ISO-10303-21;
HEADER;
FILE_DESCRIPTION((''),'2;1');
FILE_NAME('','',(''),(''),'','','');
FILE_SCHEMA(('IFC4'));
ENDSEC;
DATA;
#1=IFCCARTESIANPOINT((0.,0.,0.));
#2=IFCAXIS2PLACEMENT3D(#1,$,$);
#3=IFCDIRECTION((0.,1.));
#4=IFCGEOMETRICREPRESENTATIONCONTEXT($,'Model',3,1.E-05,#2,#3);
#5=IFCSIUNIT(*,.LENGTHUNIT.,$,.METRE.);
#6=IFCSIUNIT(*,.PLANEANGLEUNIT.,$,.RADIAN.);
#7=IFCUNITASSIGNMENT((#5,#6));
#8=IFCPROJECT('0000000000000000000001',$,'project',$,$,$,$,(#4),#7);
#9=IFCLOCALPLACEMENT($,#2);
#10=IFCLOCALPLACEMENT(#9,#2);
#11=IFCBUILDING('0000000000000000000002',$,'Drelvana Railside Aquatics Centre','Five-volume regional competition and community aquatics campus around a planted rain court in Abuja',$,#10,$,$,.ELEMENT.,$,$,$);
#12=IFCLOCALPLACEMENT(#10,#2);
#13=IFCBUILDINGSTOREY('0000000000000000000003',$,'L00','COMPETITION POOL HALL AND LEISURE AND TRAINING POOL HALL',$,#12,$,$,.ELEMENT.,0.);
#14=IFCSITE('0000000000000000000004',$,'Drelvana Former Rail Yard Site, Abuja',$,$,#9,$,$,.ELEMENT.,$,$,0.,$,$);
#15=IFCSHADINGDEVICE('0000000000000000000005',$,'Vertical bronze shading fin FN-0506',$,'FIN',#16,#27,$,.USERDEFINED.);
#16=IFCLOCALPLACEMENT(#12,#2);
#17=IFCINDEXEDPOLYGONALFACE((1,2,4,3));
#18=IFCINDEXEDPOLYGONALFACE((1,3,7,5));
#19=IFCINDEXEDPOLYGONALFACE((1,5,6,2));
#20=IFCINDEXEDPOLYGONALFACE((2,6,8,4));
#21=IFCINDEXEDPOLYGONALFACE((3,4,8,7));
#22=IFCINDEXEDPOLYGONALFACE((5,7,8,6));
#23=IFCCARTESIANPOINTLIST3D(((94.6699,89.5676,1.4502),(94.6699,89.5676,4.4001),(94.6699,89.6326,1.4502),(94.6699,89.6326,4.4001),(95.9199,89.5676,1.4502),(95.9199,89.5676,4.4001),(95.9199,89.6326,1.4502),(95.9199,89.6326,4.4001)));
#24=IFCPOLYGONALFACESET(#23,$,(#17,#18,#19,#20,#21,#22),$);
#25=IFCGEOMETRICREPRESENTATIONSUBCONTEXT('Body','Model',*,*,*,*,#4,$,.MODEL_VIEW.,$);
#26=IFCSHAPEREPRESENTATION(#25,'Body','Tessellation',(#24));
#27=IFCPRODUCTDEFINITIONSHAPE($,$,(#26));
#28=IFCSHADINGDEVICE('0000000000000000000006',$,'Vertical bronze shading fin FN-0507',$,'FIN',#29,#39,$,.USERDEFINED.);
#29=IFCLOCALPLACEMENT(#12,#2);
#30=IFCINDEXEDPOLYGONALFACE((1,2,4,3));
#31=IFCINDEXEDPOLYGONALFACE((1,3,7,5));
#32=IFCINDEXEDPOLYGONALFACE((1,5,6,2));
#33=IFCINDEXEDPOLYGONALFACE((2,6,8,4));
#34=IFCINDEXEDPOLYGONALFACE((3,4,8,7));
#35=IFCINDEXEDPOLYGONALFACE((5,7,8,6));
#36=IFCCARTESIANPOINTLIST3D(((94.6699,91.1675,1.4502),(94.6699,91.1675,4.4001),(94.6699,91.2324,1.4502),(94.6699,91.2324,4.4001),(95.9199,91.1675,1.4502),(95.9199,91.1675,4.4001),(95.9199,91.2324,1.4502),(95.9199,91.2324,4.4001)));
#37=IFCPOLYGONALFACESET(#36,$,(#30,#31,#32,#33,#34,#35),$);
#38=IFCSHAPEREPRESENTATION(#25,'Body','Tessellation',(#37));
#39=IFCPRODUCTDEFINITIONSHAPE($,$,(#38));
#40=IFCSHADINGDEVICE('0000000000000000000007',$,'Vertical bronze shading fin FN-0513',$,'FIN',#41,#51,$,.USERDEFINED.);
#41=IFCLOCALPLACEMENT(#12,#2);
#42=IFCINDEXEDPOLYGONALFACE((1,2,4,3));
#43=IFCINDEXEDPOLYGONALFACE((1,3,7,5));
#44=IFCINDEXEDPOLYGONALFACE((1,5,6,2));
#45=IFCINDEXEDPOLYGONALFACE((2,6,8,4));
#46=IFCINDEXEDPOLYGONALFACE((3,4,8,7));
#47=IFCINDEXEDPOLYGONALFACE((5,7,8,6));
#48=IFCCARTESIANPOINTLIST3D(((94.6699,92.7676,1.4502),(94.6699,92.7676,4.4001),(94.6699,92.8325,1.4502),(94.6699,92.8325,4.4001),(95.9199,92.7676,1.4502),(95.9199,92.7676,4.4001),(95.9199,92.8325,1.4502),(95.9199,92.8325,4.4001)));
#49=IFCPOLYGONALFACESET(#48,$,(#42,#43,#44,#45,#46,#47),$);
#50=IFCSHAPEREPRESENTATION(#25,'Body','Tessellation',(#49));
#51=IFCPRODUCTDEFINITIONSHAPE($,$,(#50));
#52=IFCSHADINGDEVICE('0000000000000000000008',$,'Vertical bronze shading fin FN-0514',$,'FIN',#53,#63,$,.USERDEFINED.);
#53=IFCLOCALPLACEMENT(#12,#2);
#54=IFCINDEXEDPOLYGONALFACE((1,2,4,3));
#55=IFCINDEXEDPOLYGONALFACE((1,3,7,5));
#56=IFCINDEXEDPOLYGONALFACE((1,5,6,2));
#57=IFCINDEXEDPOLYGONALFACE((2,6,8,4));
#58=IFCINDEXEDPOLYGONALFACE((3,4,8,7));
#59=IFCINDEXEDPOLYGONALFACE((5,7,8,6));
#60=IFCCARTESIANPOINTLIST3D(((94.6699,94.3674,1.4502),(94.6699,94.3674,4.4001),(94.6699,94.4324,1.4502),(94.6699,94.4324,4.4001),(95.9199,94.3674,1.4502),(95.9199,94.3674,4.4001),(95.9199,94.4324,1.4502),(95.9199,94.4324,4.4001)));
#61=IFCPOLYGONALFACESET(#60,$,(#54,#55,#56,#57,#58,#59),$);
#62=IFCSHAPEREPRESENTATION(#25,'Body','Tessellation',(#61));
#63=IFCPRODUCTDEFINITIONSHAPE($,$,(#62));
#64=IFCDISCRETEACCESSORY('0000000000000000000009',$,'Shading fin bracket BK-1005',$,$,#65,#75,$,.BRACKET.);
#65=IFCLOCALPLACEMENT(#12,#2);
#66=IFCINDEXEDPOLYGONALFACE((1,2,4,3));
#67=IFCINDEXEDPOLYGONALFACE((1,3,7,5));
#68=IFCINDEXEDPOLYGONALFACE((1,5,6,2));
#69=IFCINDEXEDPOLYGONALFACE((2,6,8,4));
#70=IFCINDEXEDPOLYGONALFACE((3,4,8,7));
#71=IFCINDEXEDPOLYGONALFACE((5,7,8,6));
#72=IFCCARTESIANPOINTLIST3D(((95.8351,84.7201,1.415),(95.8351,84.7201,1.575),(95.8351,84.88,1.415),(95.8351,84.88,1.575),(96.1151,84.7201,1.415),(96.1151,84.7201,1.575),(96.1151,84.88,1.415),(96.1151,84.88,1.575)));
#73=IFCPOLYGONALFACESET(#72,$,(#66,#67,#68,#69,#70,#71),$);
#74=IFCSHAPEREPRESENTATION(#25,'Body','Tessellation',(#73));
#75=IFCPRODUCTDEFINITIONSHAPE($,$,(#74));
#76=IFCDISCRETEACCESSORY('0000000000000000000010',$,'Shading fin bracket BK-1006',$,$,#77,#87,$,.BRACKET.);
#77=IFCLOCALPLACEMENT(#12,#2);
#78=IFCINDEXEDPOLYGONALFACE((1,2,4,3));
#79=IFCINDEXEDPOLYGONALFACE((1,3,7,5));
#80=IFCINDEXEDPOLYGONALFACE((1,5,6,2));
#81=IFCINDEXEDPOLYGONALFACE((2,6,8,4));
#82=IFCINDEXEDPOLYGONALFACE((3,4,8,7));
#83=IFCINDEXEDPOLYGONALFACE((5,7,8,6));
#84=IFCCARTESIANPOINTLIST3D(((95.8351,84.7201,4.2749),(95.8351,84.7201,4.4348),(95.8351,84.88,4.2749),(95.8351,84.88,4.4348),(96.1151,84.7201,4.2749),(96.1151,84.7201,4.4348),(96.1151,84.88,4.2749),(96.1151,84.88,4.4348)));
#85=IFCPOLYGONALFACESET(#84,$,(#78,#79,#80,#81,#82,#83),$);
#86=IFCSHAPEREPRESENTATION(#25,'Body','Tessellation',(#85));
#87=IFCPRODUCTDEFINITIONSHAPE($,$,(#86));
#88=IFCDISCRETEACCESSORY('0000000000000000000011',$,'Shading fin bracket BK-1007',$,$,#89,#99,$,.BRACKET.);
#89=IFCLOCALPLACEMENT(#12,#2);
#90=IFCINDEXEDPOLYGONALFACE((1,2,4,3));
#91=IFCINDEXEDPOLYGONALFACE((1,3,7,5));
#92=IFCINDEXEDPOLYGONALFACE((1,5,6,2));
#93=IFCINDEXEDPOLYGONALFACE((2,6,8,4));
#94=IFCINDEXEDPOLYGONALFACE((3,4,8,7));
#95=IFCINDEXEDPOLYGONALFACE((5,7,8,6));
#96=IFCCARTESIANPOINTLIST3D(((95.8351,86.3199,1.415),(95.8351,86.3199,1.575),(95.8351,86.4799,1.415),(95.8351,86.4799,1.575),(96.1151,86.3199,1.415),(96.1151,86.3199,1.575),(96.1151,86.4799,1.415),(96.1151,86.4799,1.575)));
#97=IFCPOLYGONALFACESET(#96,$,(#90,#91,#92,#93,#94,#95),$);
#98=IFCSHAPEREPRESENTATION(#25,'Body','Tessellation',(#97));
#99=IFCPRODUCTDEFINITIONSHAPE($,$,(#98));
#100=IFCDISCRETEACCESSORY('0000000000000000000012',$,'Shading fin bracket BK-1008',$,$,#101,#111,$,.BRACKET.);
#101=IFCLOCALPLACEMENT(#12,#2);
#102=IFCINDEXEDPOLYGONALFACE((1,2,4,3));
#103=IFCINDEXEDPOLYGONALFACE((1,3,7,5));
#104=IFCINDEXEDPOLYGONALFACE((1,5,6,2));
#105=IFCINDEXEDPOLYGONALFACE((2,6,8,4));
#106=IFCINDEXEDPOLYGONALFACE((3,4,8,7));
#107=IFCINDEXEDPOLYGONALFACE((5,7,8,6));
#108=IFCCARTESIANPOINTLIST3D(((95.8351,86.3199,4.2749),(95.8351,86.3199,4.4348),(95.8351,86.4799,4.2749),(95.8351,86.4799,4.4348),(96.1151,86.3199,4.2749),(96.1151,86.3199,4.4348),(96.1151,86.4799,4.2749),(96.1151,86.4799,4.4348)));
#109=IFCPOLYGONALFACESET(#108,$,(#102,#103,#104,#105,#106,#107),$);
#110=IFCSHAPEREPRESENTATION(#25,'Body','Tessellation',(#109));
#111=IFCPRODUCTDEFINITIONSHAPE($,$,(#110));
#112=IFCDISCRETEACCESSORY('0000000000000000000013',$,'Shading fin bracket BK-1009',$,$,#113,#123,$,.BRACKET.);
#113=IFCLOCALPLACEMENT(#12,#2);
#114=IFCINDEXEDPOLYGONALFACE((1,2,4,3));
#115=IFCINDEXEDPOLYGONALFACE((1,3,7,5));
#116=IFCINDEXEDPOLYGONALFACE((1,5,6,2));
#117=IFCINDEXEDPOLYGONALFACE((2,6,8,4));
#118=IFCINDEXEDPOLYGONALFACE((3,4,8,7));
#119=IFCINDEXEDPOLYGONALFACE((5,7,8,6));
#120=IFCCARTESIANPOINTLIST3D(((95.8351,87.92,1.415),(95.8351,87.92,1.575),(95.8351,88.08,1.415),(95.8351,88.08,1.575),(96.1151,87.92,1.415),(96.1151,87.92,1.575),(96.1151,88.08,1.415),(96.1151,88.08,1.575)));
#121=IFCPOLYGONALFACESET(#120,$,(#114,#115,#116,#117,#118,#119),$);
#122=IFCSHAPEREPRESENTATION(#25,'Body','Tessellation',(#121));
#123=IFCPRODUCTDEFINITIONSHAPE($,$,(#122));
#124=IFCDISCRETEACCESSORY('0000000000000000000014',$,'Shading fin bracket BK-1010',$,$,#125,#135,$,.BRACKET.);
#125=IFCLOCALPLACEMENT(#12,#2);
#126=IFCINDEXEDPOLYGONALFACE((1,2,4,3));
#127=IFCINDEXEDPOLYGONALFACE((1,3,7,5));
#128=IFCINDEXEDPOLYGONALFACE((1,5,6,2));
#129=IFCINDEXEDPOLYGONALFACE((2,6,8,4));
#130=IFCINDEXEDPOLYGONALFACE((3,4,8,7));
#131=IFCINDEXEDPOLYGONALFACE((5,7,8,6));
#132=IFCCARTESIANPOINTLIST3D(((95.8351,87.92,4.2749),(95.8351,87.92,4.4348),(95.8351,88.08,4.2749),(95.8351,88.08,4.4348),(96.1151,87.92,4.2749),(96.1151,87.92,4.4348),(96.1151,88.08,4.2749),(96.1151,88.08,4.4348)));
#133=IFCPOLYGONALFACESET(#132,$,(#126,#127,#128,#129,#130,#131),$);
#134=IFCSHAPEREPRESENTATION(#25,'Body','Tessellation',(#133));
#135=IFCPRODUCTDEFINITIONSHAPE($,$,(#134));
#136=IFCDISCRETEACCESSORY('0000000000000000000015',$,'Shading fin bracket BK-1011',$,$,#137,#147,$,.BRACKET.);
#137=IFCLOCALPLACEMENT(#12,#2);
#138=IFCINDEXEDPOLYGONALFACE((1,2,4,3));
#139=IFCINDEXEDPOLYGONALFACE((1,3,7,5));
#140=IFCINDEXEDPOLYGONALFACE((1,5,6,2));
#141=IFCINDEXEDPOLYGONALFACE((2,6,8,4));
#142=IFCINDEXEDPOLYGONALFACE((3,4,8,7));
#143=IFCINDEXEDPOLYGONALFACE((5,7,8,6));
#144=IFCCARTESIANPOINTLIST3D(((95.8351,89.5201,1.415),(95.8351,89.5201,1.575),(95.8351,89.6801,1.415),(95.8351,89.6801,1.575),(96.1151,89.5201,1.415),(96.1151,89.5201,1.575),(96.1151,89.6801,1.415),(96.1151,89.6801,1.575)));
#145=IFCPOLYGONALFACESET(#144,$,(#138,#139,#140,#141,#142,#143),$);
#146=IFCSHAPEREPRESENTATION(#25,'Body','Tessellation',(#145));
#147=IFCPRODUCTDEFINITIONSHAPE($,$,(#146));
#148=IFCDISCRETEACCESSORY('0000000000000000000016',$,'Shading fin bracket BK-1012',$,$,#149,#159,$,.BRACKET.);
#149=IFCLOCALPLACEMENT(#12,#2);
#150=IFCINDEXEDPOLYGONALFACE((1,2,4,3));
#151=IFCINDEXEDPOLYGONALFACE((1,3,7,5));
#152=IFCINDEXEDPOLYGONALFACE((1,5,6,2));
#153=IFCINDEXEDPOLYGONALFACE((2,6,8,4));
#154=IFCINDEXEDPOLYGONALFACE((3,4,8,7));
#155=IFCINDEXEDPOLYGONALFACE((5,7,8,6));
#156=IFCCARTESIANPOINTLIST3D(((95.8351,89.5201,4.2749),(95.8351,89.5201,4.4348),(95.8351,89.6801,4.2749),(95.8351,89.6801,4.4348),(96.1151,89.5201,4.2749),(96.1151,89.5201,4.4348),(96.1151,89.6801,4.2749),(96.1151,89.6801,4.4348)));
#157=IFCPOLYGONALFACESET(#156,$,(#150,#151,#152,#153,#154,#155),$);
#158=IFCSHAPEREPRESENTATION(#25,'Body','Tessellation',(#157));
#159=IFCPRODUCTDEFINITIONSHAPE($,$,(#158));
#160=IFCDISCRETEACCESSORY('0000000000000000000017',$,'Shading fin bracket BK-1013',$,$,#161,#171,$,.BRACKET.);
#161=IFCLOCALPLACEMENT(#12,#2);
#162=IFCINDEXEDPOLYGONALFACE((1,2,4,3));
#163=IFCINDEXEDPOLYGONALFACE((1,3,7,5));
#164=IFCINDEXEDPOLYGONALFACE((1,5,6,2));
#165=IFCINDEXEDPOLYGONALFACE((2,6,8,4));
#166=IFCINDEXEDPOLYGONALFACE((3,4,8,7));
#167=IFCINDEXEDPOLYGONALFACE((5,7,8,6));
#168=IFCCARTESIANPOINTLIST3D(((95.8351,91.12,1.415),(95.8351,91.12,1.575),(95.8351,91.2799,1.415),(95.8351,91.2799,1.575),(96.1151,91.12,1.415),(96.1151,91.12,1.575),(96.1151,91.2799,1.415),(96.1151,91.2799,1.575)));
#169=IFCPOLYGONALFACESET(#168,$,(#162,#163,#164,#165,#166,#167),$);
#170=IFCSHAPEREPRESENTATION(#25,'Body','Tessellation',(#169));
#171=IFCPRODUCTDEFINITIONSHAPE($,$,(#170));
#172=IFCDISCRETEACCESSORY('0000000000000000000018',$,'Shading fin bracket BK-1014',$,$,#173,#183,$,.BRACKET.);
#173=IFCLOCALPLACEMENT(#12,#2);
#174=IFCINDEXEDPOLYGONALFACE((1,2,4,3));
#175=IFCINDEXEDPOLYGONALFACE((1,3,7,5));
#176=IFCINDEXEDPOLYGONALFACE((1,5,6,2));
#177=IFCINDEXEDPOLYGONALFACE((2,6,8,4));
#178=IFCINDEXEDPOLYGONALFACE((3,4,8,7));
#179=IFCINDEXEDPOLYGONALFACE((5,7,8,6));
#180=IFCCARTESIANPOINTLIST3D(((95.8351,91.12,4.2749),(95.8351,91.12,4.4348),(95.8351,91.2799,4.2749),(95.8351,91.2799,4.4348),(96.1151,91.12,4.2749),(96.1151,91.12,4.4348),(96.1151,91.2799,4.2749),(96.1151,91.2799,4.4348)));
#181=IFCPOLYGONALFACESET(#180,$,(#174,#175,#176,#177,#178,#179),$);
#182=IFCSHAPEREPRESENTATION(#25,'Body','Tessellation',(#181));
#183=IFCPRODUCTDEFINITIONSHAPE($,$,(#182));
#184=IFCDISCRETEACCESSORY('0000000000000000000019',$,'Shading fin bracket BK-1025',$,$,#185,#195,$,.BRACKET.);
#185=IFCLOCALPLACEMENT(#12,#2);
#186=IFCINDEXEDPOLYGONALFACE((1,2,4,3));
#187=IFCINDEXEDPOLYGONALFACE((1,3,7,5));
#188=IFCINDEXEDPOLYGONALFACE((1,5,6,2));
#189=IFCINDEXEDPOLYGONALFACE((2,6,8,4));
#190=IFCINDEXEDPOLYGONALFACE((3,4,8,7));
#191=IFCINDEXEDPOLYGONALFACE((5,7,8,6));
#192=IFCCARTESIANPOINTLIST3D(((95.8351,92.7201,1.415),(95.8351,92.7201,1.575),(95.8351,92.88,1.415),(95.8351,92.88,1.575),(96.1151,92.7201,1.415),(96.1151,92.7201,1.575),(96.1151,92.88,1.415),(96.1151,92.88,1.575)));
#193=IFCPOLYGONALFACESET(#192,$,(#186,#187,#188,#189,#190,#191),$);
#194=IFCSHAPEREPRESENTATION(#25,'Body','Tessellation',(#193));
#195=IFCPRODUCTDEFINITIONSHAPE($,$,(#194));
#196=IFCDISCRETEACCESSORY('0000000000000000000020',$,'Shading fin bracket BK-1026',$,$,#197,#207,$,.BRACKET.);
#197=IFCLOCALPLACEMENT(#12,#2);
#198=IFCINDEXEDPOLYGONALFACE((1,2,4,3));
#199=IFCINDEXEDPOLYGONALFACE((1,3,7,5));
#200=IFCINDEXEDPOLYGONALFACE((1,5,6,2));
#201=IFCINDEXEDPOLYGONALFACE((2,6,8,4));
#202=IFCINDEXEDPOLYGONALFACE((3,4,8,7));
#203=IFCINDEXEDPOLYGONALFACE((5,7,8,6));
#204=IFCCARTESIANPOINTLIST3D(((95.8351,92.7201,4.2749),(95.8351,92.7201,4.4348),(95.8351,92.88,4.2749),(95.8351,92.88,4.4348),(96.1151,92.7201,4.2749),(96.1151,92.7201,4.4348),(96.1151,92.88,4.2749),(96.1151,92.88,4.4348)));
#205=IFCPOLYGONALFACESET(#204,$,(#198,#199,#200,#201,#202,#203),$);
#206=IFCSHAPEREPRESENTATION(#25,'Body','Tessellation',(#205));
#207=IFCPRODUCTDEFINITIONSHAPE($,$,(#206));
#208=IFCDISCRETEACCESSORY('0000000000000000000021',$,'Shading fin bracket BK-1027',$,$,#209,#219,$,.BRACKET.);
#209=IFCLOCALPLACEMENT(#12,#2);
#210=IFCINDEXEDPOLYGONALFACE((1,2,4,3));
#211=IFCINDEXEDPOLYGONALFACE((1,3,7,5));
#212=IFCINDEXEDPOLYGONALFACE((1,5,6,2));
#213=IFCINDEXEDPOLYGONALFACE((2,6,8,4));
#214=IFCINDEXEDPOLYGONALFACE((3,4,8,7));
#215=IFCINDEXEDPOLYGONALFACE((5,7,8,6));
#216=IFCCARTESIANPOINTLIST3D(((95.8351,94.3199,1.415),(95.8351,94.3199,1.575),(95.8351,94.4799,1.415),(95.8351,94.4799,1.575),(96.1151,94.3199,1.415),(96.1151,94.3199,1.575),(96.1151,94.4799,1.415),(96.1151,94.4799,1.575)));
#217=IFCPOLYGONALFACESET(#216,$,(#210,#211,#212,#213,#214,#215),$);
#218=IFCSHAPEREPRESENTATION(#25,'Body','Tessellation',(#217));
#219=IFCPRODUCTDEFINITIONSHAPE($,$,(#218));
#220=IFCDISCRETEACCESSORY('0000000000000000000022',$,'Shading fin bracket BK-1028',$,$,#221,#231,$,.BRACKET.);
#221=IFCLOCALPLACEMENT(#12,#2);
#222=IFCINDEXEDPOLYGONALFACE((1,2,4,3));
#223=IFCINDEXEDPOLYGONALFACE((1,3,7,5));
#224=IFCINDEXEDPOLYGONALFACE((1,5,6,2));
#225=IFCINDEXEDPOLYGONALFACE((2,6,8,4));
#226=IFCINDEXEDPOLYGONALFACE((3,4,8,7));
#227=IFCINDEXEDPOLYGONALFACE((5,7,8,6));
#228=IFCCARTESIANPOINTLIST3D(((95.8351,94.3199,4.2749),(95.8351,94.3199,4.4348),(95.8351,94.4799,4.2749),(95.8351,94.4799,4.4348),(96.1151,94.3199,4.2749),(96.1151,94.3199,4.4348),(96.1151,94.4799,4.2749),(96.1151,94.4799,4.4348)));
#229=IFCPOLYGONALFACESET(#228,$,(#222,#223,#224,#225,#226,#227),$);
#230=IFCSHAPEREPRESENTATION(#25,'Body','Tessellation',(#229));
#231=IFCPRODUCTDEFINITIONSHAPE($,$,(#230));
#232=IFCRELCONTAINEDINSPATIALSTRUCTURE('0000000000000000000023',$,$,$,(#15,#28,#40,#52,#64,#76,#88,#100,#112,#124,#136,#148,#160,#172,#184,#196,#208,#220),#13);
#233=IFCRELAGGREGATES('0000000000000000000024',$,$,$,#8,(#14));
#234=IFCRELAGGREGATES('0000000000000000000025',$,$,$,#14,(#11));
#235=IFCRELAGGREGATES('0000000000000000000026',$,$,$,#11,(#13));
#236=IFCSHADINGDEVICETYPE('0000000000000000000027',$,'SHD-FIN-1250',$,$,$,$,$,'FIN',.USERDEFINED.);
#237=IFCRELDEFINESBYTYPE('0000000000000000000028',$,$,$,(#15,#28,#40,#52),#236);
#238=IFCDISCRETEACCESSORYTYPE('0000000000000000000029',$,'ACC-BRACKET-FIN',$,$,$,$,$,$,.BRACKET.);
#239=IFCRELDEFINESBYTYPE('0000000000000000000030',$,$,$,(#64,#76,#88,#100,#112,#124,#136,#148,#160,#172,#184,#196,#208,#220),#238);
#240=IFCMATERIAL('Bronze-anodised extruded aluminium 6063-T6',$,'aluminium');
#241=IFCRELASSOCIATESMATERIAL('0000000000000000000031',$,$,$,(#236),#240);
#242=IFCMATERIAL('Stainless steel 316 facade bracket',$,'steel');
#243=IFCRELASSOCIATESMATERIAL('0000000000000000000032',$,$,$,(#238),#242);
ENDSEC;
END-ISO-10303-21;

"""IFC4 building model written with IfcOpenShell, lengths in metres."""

from ifc_helpers import new_model, si_unit, direction, frame, origin, origin_2d, place, context, subcontext, project, spatial, rectangle, extrude, material, type_object, element, save


model = new_model("IFC4")

# Units and contexts
model_context = context("Model", 3, precision=1e-05, world=origin(), true_north=direction((0.0, 1.0)))
body_context = subcontext(model_context, "Body", "Model", "MODEL_VIEW")
ifc_project = project(units=[si_unit("LENGTHUNIT", "METRE"), si_unit("PLANEANGLEUNIT", "RADIAN")], contexts=[model_context])

# Site, building, storey
site_placement = place(None, origin())
site = spatial("IfcSite", under=ifc_project, at=site_placement, Name="Drelvana Former Rail Yard Site, Abuja", CompositionType="ELEMENT", RefElevation=0.0)
building_placement = place(site_placement, origin())
building = spatial("IfcBuilding", under=site, at=building_placement, Name="Drelvana Railside Aquatics Centre", Description="Five-volume regional competition and community aquatics campus around a planted rain court in Abuja", CompositionType="ELEMENT")
storey_placement = place(building_placement, origin())
storey = spatial("IfcBuildingStorey", under=building, at=storey_placement, Name="L00", Description="COMPETITION POOL HALL AND LEISURE AND TRAINING POOL HALL", CompositionType="ELEMENT", Elevation=0.0)

# Shared definitions
ifc_material_1 = material(Name="Bronze-anodised extruded aluminium 6063-T6", Category="aluminium")

# Shading devices
shading_device_type = type_object("IfcShadingDeviceType", Name="SHD-FIN-1250", ElementType="FIN", PredefinedType="USERDEFINED", material=ifc_material_1)
for number, where, z_axis, x_axis, name in (
    (1, (95.2949, 89.6001, 1.4502), (0.0, 0.0, 1.0), (-1.0, 0.0, 0.0), "Vertical bronze shading fin FN-0506"),
    (2, (95.2949, 91.2, 1.4502), (0.0, 0.0, 1.0), (-1.0, 0.0, 0.0), "Vertical bronze shading fin FN-0507"),
    (3, (95.2949, 92.8, 1.4502), (0.0, 0.0, 1.0), (-1.0, 0.0, 0.0), "Vertical bronze shading fin FN-0513"),
    (4, (95.2949, 94.3999, 1.4502), (0.0, 0.0, 1.0), (-1.0, 0.0, 0.0), "Vertical bronze shading fin FN-0514"),
):
    element("IfcShadingDevice", number, at=place(storey_placement, frame(where, z_axis=z_axis, x_axis=x_axis)), inside=storey, type_object=shading_device_type, Name=name, ObjectType="FIN", PredefinedType="USERDEFINED", context=body_context, shape_type="SweptSolid", body=[
        extrude(rectangle(XDim=1.25, YDim=0.0649, at=origin_2d()), origin(), (0.0, 0.0, 1.0), 2.95),
    ])

# Discrete accessories
ifc_material_2 = material(Name="Stainless steel 316 facade bracket", Category="steel")
discrete_accessory_type = type_object("IfcDiscreteAccessoryType", Name="ACC-BRACKET-FIN", PredefinedType="BRACKET", material=ifc_material_2)
for number, where, z_axis, x_axis, name in (
    (5, (95.9751, 84.8, 1.415), (0.0, 0.0, 1.0), (-1.0, 0.0, 0.0), "Shading fin bracket BK-1005"),
    (6, (95.9751, 84.8, 4.2749), (0.0, 0.0, 1.0), (-1.0, 0.0, 0.0), "Shading fin bracket BK-1006"),
    (7, (95.9751, 86.3999, 1.415), (0.0, 0.0, 1.0), (-1.0, 0.0, 0.0), "Shading fin bracket BK-1007"),
    (8, (95.9751, 86.3999, 4.2749), (0.0, 0.0, 1.0), (-1.0, 0.0, 0.0), "Shading fin bracket BK-1008"),
    (9, (95.9751, 88.0, 1.415), (0.0, 0.0, 1.0), (-1.0, 0.0, 0.0), "Shading fin bracket BK-1009"),
    (10, (95.9751, 88.0, 4.2749), (0.0, 0.0, 1.0), (-1.0, 0.0, 0.0), "Shading fin bracket BK-1010"),
    (11, (95.9751, 89.6001, 1.415), (0.0, 0.0, 1.0), (-1.0, 0.0, 0.0), "Shading fin bracket BK-1011"),
    (12, (95.9751, 89.6001, 4.2749), (0.0, 0.0, 1.0), (-1.0, 0.0, 0.0), "Shading fin bracket BK-1012"),
    (13, (95.9751, 91.2, 1.415), (0.0, 0.0, 1.0), (-1.0, 0.0, 0.0), "Shading fin bracket BK-1013"),
    (14, (95.9751, 91.2, 4.2749), (0.0, 0.0, 1.0), (-1.0, 0.0, 0.0), "Shading fin bracket BK-1014"),
    (15, (95.9751, 92.8, 1.415), (0.0, 0.0, 1.0), (-1.0, 0.0, 0.0), "Shading fin bracket BK-1025"),
    (16, (95.9751, 92.8, 4.2749), (0.0, 0.0, 1.0), (-1.0, 0.0, 0.0), "Shading fin bracket BK-1026"),
    (17, (95.9751, 94.3999, 1.415), (0.0, 0.0, 1.0), (-1.0, 0.0, 0.0), "Shading fin bracket BK-1027"),
    (18, (95.9751, 94.3999, 4.2749), (0.0, 0.0, 1.0), (-1.0, 0.0, 0.0), "Shading fin bracket BK-1028"),
):
    element("IfcDiscreteAccessory", number, at=place(storey_placement, frame(where, z_axis=z_axis, x_axis=x_axis)), inside=storey, type_object=discrete_accessory_type, Name=name, PredefinedType="BRACKET", context=body_context, shape_type="SweptSolid", body=[
        extrude(rectangle(XDim=0.28, YDim=0.1599, at=origin_2d()), origin(), (0.0, 0.0, 1.0), 0.1599),
    ])

save(model, "model.ifc")
